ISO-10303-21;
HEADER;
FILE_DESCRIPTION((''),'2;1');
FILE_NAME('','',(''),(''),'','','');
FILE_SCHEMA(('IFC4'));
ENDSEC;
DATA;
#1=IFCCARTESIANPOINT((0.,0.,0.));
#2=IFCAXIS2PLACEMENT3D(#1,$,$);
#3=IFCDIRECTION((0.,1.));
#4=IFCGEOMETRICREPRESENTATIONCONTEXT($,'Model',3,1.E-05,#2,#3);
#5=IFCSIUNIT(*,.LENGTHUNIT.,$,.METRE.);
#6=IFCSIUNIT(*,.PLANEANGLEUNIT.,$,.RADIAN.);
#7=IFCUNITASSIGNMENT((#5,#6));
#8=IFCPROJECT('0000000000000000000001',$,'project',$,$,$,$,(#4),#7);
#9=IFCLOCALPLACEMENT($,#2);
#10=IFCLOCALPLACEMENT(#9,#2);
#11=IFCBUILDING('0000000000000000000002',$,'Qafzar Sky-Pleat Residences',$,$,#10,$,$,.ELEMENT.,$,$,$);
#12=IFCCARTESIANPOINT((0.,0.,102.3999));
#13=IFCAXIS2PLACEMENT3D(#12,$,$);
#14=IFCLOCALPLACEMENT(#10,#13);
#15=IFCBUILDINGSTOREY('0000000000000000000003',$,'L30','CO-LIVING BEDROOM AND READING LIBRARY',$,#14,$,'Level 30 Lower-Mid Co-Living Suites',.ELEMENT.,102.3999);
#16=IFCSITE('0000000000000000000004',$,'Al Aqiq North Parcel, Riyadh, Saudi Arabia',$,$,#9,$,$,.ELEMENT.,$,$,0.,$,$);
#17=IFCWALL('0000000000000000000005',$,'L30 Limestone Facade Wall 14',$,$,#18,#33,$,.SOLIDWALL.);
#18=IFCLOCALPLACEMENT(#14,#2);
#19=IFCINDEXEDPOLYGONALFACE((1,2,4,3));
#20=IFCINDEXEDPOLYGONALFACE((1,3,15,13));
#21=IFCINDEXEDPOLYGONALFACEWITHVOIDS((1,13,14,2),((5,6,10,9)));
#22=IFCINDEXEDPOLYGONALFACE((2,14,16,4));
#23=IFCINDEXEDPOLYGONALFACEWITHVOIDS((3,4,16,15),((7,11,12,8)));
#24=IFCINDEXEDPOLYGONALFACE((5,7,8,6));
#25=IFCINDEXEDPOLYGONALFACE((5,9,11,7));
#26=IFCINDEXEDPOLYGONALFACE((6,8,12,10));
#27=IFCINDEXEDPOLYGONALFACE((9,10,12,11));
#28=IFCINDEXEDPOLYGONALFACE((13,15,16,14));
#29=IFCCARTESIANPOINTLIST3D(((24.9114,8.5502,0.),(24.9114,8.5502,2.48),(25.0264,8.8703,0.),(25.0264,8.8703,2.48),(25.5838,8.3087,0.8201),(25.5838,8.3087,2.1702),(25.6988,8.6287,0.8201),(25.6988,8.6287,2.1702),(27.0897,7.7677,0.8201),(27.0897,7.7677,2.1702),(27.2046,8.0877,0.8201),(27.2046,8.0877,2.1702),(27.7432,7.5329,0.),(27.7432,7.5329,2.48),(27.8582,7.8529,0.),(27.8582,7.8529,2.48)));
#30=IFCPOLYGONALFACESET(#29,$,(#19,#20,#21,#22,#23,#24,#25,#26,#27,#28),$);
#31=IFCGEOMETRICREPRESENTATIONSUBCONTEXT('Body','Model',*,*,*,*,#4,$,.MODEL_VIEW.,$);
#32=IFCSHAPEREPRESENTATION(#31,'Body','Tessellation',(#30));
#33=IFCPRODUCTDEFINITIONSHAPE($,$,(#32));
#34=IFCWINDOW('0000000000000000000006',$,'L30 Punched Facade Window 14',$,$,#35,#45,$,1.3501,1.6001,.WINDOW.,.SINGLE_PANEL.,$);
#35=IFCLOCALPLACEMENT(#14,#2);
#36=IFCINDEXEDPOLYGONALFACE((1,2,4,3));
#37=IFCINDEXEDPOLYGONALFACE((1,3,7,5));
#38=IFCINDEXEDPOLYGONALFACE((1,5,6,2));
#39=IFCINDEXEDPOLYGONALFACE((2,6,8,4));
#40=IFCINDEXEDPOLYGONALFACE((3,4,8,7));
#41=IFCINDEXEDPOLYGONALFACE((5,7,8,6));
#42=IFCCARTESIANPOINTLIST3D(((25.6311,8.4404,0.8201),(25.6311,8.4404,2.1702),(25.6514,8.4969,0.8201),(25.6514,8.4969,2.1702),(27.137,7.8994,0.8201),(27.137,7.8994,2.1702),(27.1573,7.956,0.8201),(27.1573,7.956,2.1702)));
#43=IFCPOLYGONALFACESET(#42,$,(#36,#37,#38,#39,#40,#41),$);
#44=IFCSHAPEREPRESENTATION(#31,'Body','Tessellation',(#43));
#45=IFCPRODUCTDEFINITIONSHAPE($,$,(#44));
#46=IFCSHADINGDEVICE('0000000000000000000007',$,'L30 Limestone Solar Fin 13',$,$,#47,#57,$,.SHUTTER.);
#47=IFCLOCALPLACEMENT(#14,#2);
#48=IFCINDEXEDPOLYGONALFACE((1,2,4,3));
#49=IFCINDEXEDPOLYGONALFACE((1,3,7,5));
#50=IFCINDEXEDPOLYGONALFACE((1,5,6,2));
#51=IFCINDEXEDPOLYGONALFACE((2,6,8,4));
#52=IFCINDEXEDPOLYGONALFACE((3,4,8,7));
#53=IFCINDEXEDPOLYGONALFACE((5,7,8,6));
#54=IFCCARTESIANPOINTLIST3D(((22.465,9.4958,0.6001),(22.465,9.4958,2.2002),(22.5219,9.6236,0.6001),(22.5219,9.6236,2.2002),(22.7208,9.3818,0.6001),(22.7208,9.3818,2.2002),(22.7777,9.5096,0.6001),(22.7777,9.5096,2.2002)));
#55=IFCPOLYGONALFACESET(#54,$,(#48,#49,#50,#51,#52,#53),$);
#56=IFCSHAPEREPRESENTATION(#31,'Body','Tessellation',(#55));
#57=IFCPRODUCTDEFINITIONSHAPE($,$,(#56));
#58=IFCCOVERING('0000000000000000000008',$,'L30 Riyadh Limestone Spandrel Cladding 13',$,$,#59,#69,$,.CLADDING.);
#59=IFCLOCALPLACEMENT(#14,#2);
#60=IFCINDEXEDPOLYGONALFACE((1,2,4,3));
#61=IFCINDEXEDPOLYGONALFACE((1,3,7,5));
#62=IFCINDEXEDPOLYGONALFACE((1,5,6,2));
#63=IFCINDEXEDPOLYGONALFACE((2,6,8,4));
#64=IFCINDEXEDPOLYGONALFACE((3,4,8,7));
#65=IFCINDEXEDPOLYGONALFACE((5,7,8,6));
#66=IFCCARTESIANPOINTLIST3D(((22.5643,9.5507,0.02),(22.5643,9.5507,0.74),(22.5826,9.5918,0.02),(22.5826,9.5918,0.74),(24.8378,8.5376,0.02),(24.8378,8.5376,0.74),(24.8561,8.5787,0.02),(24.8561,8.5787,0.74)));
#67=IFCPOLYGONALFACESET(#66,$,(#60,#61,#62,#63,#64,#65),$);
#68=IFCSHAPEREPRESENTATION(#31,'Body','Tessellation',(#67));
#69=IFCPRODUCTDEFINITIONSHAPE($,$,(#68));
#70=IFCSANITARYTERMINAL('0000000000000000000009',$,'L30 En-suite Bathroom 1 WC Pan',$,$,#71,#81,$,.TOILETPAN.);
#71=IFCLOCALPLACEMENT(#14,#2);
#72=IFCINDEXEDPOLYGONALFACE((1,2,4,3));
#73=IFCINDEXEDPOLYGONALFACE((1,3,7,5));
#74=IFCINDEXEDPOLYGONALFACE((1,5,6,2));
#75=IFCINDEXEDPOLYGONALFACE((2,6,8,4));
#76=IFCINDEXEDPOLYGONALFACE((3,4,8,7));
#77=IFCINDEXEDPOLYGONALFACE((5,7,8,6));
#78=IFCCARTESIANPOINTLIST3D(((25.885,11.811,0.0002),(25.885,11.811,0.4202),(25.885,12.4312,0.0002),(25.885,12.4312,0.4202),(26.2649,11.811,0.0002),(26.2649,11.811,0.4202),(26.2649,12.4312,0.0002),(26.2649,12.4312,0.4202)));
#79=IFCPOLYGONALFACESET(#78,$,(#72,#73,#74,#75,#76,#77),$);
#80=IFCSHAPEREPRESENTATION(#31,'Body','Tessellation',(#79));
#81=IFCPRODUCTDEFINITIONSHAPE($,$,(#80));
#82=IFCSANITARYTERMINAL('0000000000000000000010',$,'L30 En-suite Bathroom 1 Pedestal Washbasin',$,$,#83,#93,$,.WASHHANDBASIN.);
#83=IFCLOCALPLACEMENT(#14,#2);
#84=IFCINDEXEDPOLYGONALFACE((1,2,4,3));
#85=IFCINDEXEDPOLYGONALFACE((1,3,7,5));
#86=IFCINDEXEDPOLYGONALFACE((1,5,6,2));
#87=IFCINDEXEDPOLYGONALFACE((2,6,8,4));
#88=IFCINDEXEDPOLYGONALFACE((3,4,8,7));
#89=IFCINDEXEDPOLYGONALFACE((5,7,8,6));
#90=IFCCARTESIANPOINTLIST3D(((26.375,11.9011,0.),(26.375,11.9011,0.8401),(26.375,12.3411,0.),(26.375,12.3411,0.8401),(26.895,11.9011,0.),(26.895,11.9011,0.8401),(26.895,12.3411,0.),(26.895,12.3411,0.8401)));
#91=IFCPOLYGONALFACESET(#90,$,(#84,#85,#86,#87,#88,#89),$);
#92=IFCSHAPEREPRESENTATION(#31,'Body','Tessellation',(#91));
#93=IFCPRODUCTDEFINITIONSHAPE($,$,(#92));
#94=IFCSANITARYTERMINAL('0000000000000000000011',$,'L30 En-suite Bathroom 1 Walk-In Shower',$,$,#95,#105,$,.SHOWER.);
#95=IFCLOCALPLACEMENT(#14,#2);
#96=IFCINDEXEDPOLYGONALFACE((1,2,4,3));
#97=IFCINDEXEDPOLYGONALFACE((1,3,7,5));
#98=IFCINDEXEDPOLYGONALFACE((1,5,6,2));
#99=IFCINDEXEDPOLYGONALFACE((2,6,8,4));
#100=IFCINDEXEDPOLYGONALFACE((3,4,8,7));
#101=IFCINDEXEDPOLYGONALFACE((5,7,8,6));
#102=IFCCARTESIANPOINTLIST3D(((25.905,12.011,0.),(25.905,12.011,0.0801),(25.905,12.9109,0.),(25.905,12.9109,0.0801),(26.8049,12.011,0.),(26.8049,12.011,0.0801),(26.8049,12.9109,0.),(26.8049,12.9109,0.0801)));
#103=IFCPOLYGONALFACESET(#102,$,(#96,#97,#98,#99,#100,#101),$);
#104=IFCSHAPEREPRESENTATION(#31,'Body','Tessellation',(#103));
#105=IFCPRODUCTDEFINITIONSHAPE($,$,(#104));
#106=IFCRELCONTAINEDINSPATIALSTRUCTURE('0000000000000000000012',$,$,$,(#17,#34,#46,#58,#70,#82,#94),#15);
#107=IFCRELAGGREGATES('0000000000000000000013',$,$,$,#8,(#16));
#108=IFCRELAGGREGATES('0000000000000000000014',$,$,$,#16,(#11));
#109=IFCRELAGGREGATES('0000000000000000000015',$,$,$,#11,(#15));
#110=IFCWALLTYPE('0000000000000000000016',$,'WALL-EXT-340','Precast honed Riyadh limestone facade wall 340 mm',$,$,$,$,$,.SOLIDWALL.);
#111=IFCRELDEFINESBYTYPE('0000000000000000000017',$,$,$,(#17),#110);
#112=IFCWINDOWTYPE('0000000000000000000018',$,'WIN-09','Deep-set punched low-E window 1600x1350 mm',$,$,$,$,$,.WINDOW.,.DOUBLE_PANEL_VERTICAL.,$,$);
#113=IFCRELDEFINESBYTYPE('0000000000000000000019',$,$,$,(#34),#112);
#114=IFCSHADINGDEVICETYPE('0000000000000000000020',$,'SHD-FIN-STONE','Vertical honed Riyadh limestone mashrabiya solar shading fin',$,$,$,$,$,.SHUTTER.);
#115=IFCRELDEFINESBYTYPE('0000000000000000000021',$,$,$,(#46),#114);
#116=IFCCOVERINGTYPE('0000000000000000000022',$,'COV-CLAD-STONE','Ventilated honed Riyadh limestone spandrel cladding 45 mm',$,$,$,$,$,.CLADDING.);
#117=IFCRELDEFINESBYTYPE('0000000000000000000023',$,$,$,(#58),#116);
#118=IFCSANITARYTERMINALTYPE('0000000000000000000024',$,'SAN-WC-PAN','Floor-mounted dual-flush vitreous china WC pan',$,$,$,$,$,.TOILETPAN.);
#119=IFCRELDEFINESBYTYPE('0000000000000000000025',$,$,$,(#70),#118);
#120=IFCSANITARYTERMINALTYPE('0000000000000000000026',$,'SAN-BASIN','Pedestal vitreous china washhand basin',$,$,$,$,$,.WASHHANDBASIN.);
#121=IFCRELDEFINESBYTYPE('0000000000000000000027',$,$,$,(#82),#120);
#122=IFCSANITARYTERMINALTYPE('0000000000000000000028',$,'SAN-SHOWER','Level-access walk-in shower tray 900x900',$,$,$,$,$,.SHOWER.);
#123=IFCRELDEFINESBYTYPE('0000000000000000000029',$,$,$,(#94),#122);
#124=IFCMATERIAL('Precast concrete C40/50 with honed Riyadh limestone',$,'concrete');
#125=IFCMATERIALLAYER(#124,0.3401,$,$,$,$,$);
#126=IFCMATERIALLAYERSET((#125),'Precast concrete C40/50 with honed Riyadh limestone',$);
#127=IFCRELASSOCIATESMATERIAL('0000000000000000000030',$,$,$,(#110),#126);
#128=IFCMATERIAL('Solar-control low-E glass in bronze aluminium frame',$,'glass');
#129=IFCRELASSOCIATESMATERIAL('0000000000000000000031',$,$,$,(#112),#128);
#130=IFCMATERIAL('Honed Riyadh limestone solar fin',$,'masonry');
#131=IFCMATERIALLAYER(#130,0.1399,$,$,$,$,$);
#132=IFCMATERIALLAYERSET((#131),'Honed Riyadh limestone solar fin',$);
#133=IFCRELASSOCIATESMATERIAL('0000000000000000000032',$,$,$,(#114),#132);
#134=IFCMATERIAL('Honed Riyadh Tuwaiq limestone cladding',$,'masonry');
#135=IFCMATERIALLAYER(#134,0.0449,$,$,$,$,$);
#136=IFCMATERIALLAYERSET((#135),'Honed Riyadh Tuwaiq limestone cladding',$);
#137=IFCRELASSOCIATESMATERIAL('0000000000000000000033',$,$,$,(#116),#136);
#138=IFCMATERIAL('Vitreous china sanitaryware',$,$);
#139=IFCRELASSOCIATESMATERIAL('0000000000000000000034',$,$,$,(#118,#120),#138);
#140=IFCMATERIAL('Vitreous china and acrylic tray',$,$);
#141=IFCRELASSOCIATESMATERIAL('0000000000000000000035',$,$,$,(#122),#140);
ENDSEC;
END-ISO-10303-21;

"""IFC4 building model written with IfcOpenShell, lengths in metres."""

from ifc_helpers import new_model, si_unit, direction, frame, frame_2d, origin, origin_2d, place, context, subcontext, project, spatial, rectangle, extrude, source, transform, mapped, material, layer, layer_set, type_object, element, fill, save


model = new_model("IFC4")

# Units and contexts
model_context = context("Model", 3, precision=1e-05, world=origin(), true_north=direction((0.0, 1.0)))
body_context = subcontext(model_context, "Body", "Model", "MODEL_VIEW")
ifc_project = project(units=[si_unit("LENGTHUNIT", "METRE"), si_unit("PLANEANGLEUNIT", "RADIAN")], contexts=[model_context])

# Site, building, storey
site_placement = place(None, origin())
site = spatial("IfcSite", under=ifc_project, at=site_placement, Name="Al Aqiq North Parcel, Riyadh, Saudi Arabia", CompositionType="ELEMENT", RefElevation=0.0)
building_placement = place(site_placement, origin())
building = spatial("IfcBuilding", under=site, at=building_placement, Name="Qafzar Sky-Pleat Residences", CompositionType="ELEMENT")
storey_placement = place(building_placement, frame((0.0, 0.0, 102.3999)))
storey = spatial("IfcBuildingStorey", under=building, at=storey_placement, Name="L30", Description="CO-LIVING BEDROOM AND READING LIBRARY", LongName="Level 30 Lower-Mid Co-Living Suites", CompositionType="ELEMENT", Elevation=102.3999)

# Wall, opening, window
ifc_material_1 = material(Name="Precast concrete C40/50 with honed Riyadh limestone", Category="concrete")
ifc_layer_1 = layer(ifc_material_1, 0.3401)
ifc_layer_set_1 = layer_set([ifc_layer_1], Name="Precast concrete C40/50 with honed Riyadh limestone")
wall_type_1 = type_object("IfcWallType", Name="WALL-EXT-340", Description="Precast honed Riyadh limestone facade wall 340 mm", PredefinedType="SOLIDWALL", material=ifc_layer_set_1)
ifc_material_2 = material(Name="Solar-control low-E glass in bronze aluminium frame", Category="glass")
wall_1_placement = place(storey_placement, frame((24.969, 8.7102, 0.0), z_axis=(0.0, 0.0, 1.0), x_axis=(0.941111, -0.338099, 0.0)))
wall_1 = element("IfcWall", 1, at=wall_1_placement, inside=storey, type_object=wall_type_1, Name="L30 Limestone Facade Wall 14", PredefinedType="SOLIDWALL", context=body_context, shape_type="SweptSolid", body=[
    extrude(rectangle(XDim=3.009, YDim=0.3401, at=frame_2d((1.5044, 0.0))), origin(), (0.0, 0.0, 1.0), 2.48),
])
opening_1_placement = place(wall_1_placement, frame((0.7144, 0.0, 0.8201)))
opening_1 = element("IfcOpeningElement", 2, at=opening_1_placement, cuts=wall_1, PredefinedType="OPENING", context=body_context, shape_type="SweptSolid", body=[
    extrude(rectangle(XDim=1.6001, YDim=1.3501, at=frame_2d((0.8, 0.675))), frame((0.0, 0.1802, 0.0), z_axis=(0.0, -1.0, 0.0), x_axis=(1.0, 0.0, 0.0)), (0.0, 0.0, 1.0), 0.3601),
])
window_type_1 = type_object("IfcWindowType", Name="WIN-09", Description="Deep-set punched low-E window 1600x1350 mm", PartitioningType="DOUBLE_PANEL_VERTICAL", PredefinedType="WINDOW", material=ifc_material_2)
shared_shape_1 = source(origin(), body_context, "Body", "SweptSolid", [
    extrude(rectangle(XDim=1.6001, YDim=1.3501, at=frame_2d((0.8, 0.675))), frame((0.0, 0.03, 0.0), z_axis=(0.0, -1.0, 0.0), x_axis=(1.0, 0.0, 0.0)), (0.0, 0.0, 1.0), 0.0601),
])
window_1_placement = place(opening_1_placement, origin())
window_1 = element("IfcWindow", 3, at=window_1_placement, inside=storey, type_object=window_type_1, Name="L30 Punched Facade Window 14", OverallHeight=1.3501, OverallWidth=1.6001, PartitioningType="SINGLE_PANEL", PredefinedType="WINDOW", context=body_context, shape_type="MappedRepresentation", body=[
    mapped(shared_shape_1, transform((0.0, 0.0, 0.0), x_axis=(1.0, 0.0, 0.0), y_axis=(0.0, 1.0, 0.0), z_axis=(0.0, 0.0, 1.0), scale=1.0)),
])
fill(opening_1, window_1)

# Shading device
ifc_material_3 = material(Name="Honed Riyadh limestone solar fin", Category="masonry")
ifc_layer_2 = layer(ifc_material_3, 0.1399)
ifc_layer_set_2 = layer_set([ifc_layer_2], Name="Honed Riyadh limestone solar fin")
shading_device_type = type_object("IfcShadingDeviceType", Name="SHD-FIN-STONE", Description="Vertical honed Riyadh limestone mashrabiya solar shading fin", PredefinedType="SHUTTER", material=ifc_layer_set_2)
shared_shape_2 = source(origin(), body_context, "Body", "SweptSolid", [
    extrude(rectangle(XDim=0.1399, YDim=0.28, at=origin_2d()), origin(), (0.0, 0.0, 1.0), 1.6001),
])
shading_device_placement = place(storey_placement, frame((22.6213, 9.5027, 0.6001), z_axis=(0.0, 0.0, 1.0), x_axis=(-0.407007, -0.913425, 0.0)))
element("IfcShadingDevice", 4, at=shading_device_placement, inside=storey, type_object=shading_device_type, Name="L30 Limestone Solar Fin 13", PredefinedType="SHUTTER", context=body_context, shape_type="MappedRepresentation", body=[
    mapped(shared_shape_2, transform((0.0, 0.0, 0.0), x_axis=(1.0, 0.0, 0.0), y_axis=(0.0, 1.0, 0.0), z_axis=(0.0, 0.0, 1.0), scale=1.0)),
])

# Covering
ifc_material_4 = material(Name="Honed Riyadh Tuwaiq limestone cladding", Category="masonry")
ifc_layer_3 = layer(ifc_material_4, 0.0449)
ifc_layer_set_3 = layer_set([ifc_layer_3], Name="Honed Riyadh Tuwaiq limestone cladding")
covering_type = type_object("IfcCoveringType", Name="COV-CLAD-STONE", Description="Ventilated honed Riyadh limestone spandrel cladding 45 mm", PredefinedType="CLADDING", material=ifc_layer_set_3)
shared_shape_3 = source(origin(), body_context, "Body", "SweptSolid", [
    extrude(rectangle(XDim=2.489, YDim=0.0449, at=origin_2d()), origin(), (0.0, 0.0, 1.0), 0.72),
])
covering_placement = place(storey_placement, frame((23.7102, 9.0647, 0.02), z_axis=(0.0, 0.0, 1.0), x_axis=(0.913417, -0.407024, 0.0)))
element("IfcCovering", 5, at=covering_placement, inside=storey, type_object=covering_type, Name="L30 Riyadh Limestone Spandrel Cladding 13", PredefinedType="CLADDING", context=body_context, shape_type="MappedRepresentation", body=[
    mapped(shared_shape_3, transform((0.0, 0.0, 0.0), x_axis=(1.0, 0.0, 0.0), y_axis=(0.0, 1.0, 0.0), z_axis=(0.0, 0.0, 1.0), scale=1.0)),
])

# Sanitary terminals
ifc_material_5 = material(Name="Vitreous china sanitaryware")
sanitary_terminal_type_1 = type_object("IfcSanitaryTerminalType", Name="SAN-WC-PAN", Description="Floor-mounted dual-flush vitreous china WC pan", PredefinedType="TOILETPAN", material=ifc_material_5)
shared_shape_4 = source(origin(), body_context, "Body", "SweptSolid", [
    extrude(rectangle(XDim=0.3799, YDim=0.6201, at=origin_2d()), origin(), (0.0, 0.0, 1.0), 0.4199),
])
sanitary_terminal_1_placement = place(storey_placement, frame((26.075, 12.1211, 0.0002), z_axis=(0.0, 0.0, 1.0), x_axis=(1.0, 0.0, 0.0)))
element("IfcSanitaryTerminal", 6, at=sanitary_terminal_1_placement, inside=storey, type_object=sanitary_terminal_type_1, Name="L30 En-suite Bathroom 1 WC Pan", PredefinedType="TOILETPAN", context=body_context, shape_type="MappedRepresentation", body=[
    mapped(shared_shape_4, transform((0.0, 0.0, 0.0), x_axis=(1.0, 0.0, 0.0), y_axis=(0.0, 1.0, 0.0), z_axis=(0.0, 0.0, 1.0), scale=1.0)),
])
sanitary_terminal_type_2 = type_object("IfcSanitaryTerminalType", Name="SAN-BASIN", Description="Pedestal vitreous china washhand basin", PredefinedType="WASHHANDBASIN", material=ifc_material_5)
shared_shape_5 = source(origin(), body_context, "Body", "SweptSolid", [
    extrude(rectangle(XDim=0.52, YDim=0.4399, at=origin_2d()), origin(), (0.0, 0.0, 1.0), 0.8401),
])
sanitary_terminal_2_placement = place(storey_placement, frame((26.635, 12.1211, 0.0), z_axis=(0.0, 0.0, 1.0), x_axis=(1.0, 0.0, 0.0)))
element("IfcSanitaryTerminal", 7, at=sanitary_terminal_2_placement, inside=storey, type_object=sanitary_terminal_type_2, Name="L30 En-suite Bathroom 1 Pedestal Washbasin", PredefinedType="WASHHANDBASIN", context=body_context, shape_type="MappedRepresentation", body=[
    mapped(shared_shape_5, transform((0.0, 0.0, 0.0), x_axis=(1.0, 0.0, 0.0), y_axis=(0.0, 1.0, 0.0), z_axis=(0.0, 0.0, 1.0), scale=1.0)),
])
ifc_material_6 = material(Name="Vitreous china and acrylic tray")
sanitary_terminal_type_3 = type_object("IfcSanitaryTerminalType", Name="SAN-SHOWER", Description="Level-access walk-in shower tray 900x900", PredefinedType="SHOWER", material=ifc_material_6)
shared_shape_6 = source(origin(), body_context, "Body", "SweptSolid", [
    extrude(rectangle(XDim=0.8999, YDim=0.8999, at=origin_2d()), origin(), (0.0, 0.0, 1.0), 0.0801),
])
sanitary_terminal_3_placement = place(storey_placement, frame((26.355, 12.4609, 0.0), z_axis=(0.0, 0.0, 1.0), x_axis=(1.0, 0.0, 0.0)))
element("IfcSanitaryTerminal", 8, at=sanitary_terminal_3_placement, inside=storey, type_object=sanitary_terminal_type_3, Name="L30 En-suite Bathroom 1 Walk-In Shower", PredefinedType="SHOWER", context=body_context, shape_type="MappedRepresentation", body=[
    mapped(shared_shape_6, transform((0.0, 0.0, 0.0), x_axis=(1.0, 0.0, 0.0), y_axis=(0.0, 1.0, 0.0), z_axis=(0.0, 0.0, 1.0), scale=1.0)),
])

save(model, "model.ifc")
